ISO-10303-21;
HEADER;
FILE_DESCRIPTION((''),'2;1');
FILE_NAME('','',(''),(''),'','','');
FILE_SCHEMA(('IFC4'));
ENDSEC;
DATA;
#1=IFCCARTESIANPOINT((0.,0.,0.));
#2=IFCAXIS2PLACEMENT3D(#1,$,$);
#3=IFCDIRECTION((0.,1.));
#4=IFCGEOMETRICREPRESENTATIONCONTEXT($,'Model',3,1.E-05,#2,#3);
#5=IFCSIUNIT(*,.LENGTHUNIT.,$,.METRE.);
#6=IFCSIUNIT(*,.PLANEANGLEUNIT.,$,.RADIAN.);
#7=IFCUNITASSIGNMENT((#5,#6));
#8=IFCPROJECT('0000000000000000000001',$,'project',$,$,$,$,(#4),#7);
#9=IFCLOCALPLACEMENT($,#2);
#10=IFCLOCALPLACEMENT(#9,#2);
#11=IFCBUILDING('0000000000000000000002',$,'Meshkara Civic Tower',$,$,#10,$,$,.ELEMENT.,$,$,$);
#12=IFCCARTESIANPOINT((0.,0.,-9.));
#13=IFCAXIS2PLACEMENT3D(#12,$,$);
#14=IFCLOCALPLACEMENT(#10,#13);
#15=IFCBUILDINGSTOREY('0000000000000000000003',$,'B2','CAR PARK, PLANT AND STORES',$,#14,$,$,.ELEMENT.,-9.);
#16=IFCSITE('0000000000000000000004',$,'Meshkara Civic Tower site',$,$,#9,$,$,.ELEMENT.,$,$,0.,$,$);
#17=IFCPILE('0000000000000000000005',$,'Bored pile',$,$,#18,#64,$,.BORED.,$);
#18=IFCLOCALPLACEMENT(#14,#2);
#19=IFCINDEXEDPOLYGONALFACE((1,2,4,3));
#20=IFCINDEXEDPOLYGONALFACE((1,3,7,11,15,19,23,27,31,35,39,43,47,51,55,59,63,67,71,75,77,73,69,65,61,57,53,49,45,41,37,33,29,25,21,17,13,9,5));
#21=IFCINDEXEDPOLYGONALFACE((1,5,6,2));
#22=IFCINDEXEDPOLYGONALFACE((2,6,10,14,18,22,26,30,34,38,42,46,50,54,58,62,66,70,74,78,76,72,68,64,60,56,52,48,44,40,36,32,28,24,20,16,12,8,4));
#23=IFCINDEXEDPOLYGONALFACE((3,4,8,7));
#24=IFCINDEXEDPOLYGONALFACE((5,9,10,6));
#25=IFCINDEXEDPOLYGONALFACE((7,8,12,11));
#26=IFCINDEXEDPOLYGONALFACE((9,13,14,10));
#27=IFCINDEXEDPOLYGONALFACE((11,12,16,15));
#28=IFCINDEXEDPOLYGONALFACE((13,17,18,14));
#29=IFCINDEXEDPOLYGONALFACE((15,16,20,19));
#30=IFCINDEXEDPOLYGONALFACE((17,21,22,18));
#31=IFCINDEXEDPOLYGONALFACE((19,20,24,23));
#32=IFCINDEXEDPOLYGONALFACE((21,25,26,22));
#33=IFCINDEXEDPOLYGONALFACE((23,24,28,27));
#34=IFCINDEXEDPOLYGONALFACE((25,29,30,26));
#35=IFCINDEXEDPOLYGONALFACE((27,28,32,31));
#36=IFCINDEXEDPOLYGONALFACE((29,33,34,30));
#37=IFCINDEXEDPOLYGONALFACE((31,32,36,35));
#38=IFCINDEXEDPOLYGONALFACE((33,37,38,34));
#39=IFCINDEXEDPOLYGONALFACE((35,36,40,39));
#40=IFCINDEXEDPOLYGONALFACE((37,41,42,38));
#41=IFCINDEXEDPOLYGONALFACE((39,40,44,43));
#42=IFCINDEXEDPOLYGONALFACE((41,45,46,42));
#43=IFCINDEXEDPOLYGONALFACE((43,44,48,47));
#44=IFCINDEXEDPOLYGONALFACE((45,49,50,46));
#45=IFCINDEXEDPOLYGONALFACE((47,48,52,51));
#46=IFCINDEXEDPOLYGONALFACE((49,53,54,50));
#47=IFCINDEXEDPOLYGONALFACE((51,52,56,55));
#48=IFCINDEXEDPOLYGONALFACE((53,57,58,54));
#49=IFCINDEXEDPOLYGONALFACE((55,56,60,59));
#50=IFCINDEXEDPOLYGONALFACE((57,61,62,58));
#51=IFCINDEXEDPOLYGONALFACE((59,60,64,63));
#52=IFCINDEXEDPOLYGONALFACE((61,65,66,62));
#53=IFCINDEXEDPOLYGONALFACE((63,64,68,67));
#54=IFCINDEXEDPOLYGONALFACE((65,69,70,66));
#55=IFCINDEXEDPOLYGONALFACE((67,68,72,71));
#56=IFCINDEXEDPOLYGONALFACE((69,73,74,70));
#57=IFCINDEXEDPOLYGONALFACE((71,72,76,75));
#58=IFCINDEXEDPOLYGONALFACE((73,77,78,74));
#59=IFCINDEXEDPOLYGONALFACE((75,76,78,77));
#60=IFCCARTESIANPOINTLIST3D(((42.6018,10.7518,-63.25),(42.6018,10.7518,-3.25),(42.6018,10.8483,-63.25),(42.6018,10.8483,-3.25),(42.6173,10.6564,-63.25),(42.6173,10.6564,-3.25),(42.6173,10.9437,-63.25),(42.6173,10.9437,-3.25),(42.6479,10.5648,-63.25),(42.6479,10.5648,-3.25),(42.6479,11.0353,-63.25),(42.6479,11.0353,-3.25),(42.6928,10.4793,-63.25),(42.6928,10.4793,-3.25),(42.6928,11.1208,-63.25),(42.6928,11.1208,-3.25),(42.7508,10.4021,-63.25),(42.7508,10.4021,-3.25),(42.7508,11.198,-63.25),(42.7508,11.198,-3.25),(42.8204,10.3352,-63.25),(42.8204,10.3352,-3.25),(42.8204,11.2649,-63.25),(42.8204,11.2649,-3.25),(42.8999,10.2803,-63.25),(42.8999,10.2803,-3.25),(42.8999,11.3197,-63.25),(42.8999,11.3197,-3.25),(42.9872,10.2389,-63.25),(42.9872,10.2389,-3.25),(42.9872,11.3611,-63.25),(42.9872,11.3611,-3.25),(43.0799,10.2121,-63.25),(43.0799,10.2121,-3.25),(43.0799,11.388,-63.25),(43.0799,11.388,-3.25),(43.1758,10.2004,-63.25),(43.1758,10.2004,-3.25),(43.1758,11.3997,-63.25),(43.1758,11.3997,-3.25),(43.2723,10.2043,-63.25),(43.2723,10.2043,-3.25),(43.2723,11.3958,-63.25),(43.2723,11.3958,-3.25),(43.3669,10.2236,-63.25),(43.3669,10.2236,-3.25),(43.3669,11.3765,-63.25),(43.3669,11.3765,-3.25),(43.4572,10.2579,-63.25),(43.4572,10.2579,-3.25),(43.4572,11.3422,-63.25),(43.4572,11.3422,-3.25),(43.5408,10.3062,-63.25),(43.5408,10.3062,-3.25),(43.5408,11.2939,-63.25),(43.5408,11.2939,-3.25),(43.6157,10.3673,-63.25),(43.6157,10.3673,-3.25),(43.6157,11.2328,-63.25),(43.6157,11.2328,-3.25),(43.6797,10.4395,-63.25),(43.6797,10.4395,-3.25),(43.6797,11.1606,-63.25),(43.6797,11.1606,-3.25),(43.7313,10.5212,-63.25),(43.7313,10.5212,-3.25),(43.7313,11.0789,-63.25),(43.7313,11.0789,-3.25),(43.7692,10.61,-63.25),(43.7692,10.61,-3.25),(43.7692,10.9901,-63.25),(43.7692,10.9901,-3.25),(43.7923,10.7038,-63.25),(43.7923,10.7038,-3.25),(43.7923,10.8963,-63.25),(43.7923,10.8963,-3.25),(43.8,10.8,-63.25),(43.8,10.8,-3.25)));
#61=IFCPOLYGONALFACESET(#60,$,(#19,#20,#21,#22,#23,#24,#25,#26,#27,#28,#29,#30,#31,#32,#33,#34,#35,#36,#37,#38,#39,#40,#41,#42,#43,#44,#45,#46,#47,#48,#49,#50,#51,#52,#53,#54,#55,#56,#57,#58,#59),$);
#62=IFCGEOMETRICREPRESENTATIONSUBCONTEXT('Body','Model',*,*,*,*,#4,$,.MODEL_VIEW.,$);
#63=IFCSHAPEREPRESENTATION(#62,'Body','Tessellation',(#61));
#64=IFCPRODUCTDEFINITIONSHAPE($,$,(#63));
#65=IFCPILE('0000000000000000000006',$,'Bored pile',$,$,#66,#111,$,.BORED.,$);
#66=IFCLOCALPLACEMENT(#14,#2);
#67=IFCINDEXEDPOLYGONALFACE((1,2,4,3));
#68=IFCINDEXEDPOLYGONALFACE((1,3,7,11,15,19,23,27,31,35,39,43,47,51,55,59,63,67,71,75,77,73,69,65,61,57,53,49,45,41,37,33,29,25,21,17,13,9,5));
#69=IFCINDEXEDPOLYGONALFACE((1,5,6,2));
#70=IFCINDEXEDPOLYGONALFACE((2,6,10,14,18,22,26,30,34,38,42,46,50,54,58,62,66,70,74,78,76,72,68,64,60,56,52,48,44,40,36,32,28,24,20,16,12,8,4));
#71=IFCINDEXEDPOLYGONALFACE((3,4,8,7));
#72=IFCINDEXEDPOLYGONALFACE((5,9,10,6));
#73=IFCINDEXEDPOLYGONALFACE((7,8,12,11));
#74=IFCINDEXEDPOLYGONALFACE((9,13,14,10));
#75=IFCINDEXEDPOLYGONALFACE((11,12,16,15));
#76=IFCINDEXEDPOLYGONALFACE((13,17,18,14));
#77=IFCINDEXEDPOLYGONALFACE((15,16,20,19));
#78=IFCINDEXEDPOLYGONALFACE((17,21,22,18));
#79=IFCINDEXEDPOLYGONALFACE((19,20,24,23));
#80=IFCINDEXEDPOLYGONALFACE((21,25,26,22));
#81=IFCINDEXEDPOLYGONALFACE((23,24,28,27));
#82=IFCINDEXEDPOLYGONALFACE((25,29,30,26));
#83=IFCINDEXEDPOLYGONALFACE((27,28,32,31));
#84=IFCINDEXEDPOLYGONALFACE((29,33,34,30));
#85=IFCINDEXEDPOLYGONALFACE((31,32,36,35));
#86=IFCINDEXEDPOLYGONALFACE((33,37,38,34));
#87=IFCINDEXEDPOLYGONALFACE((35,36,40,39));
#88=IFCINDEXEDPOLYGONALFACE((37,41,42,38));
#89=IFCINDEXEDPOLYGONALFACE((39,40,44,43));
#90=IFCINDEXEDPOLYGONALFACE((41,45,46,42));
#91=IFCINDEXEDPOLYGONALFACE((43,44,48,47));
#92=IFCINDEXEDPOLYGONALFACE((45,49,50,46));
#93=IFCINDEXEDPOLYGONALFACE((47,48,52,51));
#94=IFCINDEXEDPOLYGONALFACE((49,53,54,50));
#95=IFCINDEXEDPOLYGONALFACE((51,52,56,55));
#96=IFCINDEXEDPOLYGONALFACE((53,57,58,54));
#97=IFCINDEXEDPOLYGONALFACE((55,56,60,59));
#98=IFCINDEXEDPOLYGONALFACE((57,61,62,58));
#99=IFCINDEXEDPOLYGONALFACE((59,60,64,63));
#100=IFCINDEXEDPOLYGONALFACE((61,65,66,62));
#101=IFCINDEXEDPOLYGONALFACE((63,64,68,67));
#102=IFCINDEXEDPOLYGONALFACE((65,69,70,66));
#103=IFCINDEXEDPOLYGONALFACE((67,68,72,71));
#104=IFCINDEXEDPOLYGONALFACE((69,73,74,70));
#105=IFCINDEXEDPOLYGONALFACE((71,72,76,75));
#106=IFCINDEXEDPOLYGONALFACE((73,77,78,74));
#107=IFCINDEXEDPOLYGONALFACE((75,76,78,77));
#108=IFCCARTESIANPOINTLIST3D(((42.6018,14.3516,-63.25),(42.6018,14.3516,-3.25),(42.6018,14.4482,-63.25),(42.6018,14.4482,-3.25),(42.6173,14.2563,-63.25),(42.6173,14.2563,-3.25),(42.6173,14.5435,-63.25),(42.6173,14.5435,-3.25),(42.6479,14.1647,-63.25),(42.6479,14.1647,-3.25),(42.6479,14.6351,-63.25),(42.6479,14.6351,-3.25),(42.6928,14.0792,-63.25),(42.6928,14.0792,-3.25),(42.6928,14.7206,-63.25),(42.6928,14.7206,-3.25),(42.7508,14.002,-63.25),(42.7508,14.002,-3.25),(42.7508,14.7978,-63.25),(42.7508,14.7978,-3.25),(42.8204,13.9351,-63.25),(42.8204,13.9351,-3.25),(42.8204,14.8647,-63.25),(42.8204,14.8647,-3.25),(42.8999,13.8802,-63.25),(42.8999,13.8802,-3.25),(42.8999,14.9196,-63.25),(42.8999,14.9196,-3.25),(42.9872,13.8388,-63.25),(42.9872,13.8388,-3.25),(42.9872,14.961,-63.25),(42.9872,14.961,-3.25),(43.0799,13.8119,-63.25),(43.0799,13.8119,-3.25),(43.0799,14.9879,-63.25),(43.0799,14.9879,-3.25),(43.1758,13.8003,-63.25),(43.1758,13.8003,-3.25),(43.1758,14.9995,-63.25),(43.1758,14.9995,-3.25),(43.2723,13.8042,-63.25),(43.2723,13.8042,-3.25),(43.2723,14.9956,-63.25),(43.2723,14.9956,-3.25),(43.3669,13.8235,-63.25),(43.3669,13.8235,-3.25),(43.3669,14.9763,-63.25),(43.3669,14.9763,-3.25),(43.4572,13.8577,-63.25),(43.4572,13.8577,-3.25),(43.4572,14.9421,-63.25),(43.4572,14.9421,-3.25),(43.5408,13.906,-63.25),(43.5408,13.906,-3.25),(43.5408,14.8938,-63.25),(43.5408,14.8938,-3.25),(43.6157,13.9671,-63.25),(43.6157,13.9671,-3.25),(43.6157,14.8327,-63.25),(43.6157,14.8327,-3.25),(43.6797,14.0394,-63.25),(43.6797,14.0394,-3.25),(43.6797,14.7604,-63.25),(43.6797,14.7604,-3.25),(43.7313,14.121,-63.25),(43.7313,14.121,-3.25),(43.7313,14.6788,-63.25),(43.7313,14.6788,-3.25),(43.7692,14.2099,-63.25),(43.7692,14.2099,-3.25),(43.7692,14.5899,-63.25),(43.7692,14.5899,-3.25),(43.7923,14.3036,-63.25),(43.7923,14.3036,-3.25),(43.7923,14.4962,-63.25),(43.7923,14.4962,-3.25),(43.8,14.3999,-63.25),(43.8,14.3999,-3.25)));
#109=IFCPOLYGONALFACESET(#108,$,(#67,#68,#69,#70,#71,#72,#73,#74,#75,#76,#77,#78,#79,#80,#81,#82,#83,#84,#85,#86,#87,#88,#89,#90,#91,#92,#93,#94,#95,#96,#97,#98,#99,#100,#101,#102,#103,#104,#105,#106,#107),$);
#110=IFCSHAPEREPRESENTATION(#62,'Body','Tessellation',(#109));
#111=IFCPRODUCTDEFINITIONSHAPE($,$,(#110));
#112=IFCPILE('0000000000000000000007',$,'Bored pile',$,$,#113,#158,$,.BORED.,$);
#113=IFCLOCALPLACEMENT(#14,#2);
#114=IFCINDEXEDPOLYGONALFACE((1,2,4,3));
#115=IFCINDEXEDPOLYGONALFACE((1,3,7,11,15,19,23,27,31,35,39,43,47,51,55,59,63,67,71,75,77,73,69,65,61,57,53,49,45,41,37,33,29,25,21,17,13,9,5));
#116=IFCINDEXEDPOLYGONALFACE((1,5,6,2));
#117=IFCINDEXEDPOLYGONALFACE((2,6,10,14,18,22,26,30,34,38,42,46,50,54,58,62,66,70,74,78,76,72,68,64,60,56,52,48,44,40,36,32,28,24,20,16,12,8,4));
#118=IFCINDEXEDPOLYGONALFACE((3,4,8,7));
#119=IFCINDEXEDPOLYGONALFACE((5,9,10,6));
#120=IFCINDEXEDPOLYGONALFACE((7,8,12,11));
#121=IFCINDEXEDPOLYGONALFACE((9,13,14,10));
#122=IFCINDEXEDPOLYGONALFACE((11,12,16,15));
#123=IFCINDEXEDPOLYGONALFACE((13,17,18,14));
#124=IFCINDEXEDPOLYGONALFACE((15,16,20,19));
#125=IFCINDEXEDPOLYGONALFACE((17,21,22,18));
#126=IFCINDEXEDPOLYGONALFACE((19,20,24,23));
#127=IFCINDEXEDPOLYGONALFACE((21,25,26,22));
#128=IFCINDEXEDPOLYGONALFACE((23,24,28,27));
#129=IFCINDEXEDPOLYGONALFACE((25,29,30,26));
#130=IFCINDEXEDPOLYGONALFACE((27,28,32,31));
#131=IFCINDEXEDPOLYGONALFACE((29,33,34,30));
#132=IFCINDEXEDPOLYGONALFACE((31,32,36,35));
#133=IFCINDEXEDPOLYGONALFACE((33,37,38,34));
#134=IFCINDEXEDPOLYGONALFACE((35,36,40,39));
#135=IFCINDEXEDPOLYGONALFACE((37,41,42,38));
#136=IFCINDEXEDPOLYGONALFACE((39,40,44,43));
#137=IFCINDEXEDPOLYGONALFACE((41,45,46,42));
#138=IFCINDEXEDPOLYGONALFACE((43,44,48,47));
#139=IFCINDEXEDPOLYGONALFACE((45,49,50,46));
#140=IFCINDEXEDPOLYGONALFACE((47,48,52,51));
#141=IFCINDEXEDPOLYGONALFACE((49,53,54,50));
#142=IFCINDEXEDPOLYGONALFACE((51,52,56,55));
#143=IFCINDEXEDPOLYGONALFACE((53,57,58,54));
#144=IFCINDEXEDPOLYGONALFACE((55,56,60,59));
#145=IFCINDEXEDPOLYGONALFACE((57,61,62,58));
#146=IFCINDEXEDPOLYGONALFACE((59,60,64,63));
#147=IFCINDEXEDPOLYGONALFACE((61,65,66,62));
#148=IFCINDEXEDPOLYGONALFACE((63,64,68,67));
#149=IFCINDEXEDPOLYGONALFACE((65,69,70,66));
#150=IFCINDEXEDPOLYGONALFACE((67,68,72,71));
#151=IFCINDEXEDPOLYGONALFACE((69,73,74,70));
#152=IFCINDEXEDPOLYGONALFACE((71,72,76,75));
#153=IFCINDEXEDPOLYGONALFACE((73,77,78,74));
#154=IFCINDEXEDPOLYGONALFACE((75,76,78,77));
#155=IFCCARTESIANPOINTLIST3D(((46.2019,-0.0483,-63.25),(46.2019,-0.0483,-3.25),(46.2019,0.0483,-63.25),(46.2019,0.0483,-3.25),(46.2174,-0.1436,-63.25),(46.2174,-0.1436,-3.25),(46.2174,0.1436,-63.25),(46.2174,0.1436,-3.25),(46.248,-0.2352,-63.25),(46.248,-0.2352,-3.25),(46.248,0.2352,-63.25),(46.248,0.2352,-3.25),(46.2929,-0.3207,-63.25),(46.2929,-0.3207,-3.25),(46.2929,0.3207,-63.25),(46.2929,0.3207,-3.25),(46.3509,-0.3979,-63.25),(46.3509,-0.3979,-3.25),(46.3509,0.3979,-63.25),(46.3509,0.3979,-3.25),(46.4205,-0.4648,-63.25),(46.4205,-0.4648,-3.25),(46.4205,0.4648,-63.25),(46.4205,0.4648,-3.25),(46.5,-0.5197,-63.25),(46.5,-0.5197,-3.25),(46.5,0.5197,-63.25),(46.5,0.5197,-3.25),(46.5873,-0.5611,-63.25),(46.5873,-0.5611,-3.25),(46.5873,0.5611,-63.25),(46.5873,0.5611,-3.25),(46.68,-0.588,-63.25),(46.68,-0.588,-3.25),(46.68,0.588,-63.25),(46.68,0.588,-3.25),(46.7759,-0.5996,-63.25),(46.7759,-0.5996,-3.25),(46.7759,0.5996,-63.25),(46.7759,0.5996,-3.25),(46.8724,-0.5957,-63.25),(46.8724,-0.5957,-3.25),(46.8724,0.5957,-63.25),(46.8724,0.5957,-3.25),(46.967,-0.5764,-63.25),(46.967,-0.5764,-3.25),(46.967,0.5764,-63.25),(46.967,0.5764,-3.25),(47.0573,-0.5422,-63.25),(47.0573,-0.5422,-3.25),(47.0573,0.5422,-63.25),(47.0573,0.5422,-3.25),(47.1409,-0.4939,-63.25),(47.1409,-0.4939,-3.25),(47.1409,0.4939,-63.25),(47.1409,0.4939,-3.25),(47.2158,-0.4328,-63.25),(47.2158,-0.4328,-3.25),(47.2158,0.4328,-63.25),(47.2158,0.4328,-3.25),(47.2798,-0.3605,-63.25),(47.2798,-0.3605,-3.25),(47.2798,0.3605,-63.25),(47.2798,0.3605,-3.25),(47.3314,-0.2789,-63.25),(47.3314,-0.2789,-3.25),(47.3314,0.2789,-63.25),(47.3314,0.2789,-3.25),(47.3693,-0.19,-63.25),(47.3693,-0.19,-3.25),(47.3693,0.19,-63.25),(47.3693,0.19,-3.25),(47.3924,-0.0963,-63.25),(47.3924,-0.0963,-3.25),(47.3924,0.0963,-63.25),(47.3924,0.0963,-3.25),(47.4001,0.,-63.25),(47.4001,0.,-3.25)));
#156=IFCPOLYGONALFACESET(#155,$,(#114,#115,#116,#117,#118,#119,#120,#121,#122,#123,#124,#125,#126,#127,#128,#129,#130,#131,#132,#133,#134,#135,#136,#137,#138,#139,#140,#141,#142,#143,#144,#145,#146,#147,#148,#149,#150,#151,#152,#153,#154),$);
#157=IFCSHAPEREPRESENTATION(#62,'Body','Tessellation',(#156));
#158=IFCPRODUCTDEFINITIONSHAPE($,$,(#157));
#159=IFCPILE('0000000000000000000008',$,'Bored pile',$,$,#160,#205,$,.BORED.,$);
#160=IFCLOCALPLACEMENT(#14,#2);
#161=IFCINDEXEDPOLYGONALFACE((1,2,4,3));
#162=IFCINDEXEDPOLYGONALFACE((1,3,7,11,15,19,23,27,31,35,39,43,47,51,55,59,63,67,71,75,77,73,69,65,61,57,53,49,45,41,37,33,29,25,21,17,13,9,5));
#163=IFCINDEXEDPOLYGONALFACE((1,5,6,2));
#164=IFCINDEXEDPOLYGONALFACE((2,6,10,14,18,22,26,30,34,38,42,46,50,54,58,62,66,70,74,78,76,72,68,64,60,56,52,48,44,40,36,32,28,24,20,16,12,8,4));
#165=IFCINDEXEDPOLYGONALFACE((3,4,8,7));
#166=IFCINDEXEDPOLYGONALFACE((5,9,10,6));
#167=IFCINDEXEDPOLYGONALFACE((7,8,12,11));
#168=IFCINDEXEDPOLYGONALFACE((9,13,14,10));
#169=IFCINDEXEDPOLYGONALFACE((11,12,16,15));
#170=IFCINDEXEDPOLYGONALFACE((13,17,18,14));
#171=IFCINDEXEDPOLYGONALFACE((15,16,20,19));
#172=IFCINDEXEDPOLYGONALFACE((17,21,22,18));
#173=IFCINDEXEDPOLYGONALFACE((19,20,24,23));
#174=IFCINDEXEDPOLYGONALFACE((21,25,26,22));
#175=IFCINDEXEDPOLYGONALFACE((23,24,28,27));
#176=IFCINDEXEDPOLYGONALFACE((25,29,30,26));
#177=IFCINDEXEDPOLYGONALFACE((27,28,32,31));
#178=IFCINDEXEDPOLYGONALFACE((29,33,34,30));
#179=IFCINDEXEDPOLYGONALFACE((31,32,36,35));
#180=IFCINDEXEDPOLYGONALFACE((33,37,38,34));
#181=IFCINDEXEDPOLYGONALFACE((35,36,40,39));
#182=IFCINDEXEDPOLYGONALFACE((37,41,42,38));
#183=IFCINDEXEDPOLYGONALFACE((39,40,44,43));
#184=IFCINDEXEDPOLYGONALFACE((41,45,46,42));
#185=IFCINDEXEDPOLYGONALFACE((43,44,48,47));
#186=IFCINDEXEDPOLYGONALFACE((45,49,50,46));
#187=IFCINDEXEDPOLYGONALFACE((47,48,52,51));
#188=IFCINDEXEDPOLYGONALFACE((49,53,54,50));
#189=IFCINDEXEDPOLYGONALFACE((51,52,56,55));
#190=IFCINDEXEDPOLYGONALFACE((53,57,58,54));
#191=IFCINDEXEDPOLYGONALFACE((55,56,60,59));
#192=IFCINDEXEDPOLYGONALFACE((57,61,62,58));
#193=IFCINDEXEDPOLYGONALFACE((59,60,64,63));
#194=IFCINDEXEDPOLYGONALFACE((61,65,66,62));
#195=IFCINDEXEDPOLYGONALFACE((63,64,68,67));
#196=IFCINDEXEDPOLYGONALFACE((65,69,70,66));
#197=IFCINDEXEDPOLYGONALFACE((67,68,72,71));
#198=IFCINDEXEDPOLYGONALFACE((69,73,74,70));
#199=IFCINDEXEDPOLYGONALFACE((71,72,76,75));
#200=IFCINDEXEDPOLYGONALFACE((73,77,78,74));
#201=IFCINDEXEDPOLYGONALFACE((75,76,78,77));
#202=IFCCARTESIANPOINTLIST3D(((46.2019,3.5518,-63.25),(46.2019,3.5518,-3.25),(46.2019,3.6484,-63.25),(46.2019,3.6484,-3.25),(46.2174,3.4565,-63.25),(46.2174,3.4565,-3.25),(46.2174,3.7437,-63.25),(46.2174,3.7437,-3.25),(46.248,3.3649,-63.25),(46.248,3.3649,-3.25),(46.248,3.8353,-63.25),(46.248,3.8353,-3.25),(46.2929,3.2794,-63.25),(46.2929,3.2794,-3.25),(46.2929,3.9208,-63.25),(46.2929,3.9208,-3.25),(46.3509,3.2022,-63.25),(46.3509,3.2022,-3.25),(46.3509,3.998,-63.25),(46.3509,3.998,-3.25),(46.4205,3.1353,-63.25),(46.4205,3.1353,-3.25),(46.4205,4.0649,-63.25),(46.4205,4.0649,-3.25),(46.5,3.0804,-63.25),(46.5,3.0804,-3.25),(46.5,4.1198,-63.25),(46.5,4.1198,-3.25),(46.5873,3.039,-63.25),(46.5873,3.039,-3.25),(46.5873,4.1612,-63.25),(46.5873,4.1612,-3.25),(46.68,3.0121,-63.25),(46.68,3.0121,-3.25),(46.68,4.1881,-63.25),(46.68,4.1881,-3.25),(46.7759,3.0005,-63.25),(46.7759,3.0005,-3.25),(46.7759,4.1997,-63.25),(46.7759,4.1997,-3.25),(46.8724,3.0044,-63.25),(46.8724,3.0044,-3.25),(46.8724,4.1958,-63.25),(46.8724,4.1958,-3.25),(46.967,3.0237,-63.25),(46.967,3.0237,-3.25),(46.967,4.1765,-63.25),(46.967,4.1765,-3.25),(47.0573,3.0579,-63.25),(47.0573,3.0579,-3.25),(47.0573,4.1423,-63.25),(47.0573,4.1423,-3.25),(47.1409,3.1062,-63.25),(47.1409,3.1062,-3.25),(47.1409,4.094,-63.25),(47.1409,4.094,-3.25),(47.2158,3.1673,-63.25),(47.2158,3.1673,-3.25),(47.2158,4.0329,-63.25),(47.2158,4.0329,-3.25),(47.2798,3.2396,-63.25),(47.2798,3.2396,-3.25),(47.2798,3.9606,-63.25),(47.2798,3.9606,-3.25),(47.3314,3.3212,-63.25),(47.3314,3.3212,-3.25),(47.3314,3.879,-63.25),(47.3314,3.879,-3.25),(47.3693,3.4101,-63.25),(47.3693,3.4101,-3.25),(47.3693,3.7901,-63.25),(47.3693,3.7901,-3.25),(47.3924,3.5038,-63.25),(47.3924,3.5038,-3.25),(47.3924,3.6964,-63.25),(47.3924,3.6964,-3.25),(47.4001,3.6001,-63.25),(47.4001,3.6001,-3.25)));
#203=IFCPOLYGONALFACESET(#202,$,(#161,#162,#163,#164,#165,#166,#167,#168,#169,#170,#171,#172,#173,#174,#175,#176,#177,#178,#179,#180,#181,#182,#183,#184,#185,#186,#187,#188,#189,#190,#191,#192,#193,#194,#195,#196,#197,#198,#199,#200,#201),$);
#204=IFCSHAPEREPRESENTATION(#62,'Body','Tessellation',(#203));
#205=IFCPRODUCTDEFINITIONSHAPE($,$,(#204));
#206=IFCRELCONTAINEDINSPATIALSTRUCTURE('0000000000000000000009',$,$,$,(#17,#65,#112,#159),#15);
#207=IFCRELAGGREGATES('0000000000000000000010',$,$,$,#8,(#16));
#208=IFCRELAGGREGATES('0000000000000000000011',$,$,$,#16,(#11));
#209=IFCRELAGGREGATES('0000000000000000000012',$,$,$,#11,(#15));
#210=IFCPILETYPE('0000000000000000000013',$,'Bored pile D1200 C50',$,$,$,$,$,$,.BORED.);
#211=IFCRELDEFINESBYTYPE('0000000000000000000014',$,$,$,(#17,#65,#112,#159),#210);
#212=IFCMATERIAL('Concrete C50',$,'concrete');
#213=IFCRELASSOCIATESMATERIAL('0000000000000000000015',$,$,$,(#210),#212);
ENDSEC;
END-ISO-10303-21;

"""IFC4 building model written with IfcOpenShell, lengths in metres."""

from ifc_helpers import new_model, si_unit, direction, frame, origin, origin_2d, place, context, subcontext, project, spatial, circle, extrude, material, material_profile, profile_set, type_object, element, save


model = new_model("IFC4")

# Units and contexts
model_context = context("Model", 3, precision=1e-05, world=origin(), true_north=direction((0.0, 1.0)))
body_context = subcontext(model_context, "Body", "Model", "MODEL_VIEW")
ifc_project = project(units=[si_unit("LENGTHUNIT", "METRE"), si_unit("PLANEANGLEUNIT", "RADIAN")], contexts=[model_context])

# Site, building, storey
site_placement = place(None, origin())
site = spatial("IfcSite", under=ifc_project, at=site_placement, Name="Meshkara Civic Tower site", CompositionType="ELEMENT", RefElevation=0.0)
building_placement = place(site_placement, origin())
building = spatial("IfcBuilding", under=site, at=building_placement, Name="Meshkara Civic Tower", CompositionType="ELEMENT")
storey_placement = place(building_placement, frame((0.0, 0.0, -9.0)))
storey = spatial("IfcBuildingStorey", under=building, at=storey_placement, Name="B2", Description="CAR PARK, PLANT AND STORES", CompositionType="ELEMENT", Elevation=-9.0)

# Piles
ifc_material_1 = material(Name="Concrete C50", Category="concrete")
ifc_material_profile_1 = material_profile(ifc_material_1, circle(Radius=0.6001, at=origin_2d()))
ifc_profile_set_1 = profile_set([ifc_material_profile_1], Name="Concrete C50")
pile_type = type_object("IfcPileType", Name="Bored pile D1200 C50", PredefinedType="BORED", material=ifc_profile_set_1)
for number, where, z_axis, x_axis, name in (
    (1, (43.2, 10.8, -3.25), (0.0, 0.0, -1.0), (1.0, 0.0, 0.0), "Bored pile"),
    (2, (43.2, 14.3999, -3.25), (0.0, 0.0, -1.0), (1.0, 0.0, 0.0), "Bored pile"),
    (3, (46.8, 0.0, -3.25), (0.0, 0.0, -1.0), (1.0, 0.0, 0.0), "Bored pile"),
    (4, (46.8, 3.6001, -3.25), (0.0, 0.0, -1.0), (1.0, 0.0, 0.0), "Bored pile"),
):
    element("IfcPile", number, at=place(storey_placement, frame(where, z_axis=z_axis, x_axis=x_axis)), inside=storey, type_object=pile_type, Name=name, PredefinedType="BORED", context=body_context, shape_type="SweptSolid", body=[
        extrude(circle(Radius=0.6001, at=origin_2d()), origin(), (0.0, 0.0, 1.0), 60.0),
    ])

save(model, "model.ifc")
